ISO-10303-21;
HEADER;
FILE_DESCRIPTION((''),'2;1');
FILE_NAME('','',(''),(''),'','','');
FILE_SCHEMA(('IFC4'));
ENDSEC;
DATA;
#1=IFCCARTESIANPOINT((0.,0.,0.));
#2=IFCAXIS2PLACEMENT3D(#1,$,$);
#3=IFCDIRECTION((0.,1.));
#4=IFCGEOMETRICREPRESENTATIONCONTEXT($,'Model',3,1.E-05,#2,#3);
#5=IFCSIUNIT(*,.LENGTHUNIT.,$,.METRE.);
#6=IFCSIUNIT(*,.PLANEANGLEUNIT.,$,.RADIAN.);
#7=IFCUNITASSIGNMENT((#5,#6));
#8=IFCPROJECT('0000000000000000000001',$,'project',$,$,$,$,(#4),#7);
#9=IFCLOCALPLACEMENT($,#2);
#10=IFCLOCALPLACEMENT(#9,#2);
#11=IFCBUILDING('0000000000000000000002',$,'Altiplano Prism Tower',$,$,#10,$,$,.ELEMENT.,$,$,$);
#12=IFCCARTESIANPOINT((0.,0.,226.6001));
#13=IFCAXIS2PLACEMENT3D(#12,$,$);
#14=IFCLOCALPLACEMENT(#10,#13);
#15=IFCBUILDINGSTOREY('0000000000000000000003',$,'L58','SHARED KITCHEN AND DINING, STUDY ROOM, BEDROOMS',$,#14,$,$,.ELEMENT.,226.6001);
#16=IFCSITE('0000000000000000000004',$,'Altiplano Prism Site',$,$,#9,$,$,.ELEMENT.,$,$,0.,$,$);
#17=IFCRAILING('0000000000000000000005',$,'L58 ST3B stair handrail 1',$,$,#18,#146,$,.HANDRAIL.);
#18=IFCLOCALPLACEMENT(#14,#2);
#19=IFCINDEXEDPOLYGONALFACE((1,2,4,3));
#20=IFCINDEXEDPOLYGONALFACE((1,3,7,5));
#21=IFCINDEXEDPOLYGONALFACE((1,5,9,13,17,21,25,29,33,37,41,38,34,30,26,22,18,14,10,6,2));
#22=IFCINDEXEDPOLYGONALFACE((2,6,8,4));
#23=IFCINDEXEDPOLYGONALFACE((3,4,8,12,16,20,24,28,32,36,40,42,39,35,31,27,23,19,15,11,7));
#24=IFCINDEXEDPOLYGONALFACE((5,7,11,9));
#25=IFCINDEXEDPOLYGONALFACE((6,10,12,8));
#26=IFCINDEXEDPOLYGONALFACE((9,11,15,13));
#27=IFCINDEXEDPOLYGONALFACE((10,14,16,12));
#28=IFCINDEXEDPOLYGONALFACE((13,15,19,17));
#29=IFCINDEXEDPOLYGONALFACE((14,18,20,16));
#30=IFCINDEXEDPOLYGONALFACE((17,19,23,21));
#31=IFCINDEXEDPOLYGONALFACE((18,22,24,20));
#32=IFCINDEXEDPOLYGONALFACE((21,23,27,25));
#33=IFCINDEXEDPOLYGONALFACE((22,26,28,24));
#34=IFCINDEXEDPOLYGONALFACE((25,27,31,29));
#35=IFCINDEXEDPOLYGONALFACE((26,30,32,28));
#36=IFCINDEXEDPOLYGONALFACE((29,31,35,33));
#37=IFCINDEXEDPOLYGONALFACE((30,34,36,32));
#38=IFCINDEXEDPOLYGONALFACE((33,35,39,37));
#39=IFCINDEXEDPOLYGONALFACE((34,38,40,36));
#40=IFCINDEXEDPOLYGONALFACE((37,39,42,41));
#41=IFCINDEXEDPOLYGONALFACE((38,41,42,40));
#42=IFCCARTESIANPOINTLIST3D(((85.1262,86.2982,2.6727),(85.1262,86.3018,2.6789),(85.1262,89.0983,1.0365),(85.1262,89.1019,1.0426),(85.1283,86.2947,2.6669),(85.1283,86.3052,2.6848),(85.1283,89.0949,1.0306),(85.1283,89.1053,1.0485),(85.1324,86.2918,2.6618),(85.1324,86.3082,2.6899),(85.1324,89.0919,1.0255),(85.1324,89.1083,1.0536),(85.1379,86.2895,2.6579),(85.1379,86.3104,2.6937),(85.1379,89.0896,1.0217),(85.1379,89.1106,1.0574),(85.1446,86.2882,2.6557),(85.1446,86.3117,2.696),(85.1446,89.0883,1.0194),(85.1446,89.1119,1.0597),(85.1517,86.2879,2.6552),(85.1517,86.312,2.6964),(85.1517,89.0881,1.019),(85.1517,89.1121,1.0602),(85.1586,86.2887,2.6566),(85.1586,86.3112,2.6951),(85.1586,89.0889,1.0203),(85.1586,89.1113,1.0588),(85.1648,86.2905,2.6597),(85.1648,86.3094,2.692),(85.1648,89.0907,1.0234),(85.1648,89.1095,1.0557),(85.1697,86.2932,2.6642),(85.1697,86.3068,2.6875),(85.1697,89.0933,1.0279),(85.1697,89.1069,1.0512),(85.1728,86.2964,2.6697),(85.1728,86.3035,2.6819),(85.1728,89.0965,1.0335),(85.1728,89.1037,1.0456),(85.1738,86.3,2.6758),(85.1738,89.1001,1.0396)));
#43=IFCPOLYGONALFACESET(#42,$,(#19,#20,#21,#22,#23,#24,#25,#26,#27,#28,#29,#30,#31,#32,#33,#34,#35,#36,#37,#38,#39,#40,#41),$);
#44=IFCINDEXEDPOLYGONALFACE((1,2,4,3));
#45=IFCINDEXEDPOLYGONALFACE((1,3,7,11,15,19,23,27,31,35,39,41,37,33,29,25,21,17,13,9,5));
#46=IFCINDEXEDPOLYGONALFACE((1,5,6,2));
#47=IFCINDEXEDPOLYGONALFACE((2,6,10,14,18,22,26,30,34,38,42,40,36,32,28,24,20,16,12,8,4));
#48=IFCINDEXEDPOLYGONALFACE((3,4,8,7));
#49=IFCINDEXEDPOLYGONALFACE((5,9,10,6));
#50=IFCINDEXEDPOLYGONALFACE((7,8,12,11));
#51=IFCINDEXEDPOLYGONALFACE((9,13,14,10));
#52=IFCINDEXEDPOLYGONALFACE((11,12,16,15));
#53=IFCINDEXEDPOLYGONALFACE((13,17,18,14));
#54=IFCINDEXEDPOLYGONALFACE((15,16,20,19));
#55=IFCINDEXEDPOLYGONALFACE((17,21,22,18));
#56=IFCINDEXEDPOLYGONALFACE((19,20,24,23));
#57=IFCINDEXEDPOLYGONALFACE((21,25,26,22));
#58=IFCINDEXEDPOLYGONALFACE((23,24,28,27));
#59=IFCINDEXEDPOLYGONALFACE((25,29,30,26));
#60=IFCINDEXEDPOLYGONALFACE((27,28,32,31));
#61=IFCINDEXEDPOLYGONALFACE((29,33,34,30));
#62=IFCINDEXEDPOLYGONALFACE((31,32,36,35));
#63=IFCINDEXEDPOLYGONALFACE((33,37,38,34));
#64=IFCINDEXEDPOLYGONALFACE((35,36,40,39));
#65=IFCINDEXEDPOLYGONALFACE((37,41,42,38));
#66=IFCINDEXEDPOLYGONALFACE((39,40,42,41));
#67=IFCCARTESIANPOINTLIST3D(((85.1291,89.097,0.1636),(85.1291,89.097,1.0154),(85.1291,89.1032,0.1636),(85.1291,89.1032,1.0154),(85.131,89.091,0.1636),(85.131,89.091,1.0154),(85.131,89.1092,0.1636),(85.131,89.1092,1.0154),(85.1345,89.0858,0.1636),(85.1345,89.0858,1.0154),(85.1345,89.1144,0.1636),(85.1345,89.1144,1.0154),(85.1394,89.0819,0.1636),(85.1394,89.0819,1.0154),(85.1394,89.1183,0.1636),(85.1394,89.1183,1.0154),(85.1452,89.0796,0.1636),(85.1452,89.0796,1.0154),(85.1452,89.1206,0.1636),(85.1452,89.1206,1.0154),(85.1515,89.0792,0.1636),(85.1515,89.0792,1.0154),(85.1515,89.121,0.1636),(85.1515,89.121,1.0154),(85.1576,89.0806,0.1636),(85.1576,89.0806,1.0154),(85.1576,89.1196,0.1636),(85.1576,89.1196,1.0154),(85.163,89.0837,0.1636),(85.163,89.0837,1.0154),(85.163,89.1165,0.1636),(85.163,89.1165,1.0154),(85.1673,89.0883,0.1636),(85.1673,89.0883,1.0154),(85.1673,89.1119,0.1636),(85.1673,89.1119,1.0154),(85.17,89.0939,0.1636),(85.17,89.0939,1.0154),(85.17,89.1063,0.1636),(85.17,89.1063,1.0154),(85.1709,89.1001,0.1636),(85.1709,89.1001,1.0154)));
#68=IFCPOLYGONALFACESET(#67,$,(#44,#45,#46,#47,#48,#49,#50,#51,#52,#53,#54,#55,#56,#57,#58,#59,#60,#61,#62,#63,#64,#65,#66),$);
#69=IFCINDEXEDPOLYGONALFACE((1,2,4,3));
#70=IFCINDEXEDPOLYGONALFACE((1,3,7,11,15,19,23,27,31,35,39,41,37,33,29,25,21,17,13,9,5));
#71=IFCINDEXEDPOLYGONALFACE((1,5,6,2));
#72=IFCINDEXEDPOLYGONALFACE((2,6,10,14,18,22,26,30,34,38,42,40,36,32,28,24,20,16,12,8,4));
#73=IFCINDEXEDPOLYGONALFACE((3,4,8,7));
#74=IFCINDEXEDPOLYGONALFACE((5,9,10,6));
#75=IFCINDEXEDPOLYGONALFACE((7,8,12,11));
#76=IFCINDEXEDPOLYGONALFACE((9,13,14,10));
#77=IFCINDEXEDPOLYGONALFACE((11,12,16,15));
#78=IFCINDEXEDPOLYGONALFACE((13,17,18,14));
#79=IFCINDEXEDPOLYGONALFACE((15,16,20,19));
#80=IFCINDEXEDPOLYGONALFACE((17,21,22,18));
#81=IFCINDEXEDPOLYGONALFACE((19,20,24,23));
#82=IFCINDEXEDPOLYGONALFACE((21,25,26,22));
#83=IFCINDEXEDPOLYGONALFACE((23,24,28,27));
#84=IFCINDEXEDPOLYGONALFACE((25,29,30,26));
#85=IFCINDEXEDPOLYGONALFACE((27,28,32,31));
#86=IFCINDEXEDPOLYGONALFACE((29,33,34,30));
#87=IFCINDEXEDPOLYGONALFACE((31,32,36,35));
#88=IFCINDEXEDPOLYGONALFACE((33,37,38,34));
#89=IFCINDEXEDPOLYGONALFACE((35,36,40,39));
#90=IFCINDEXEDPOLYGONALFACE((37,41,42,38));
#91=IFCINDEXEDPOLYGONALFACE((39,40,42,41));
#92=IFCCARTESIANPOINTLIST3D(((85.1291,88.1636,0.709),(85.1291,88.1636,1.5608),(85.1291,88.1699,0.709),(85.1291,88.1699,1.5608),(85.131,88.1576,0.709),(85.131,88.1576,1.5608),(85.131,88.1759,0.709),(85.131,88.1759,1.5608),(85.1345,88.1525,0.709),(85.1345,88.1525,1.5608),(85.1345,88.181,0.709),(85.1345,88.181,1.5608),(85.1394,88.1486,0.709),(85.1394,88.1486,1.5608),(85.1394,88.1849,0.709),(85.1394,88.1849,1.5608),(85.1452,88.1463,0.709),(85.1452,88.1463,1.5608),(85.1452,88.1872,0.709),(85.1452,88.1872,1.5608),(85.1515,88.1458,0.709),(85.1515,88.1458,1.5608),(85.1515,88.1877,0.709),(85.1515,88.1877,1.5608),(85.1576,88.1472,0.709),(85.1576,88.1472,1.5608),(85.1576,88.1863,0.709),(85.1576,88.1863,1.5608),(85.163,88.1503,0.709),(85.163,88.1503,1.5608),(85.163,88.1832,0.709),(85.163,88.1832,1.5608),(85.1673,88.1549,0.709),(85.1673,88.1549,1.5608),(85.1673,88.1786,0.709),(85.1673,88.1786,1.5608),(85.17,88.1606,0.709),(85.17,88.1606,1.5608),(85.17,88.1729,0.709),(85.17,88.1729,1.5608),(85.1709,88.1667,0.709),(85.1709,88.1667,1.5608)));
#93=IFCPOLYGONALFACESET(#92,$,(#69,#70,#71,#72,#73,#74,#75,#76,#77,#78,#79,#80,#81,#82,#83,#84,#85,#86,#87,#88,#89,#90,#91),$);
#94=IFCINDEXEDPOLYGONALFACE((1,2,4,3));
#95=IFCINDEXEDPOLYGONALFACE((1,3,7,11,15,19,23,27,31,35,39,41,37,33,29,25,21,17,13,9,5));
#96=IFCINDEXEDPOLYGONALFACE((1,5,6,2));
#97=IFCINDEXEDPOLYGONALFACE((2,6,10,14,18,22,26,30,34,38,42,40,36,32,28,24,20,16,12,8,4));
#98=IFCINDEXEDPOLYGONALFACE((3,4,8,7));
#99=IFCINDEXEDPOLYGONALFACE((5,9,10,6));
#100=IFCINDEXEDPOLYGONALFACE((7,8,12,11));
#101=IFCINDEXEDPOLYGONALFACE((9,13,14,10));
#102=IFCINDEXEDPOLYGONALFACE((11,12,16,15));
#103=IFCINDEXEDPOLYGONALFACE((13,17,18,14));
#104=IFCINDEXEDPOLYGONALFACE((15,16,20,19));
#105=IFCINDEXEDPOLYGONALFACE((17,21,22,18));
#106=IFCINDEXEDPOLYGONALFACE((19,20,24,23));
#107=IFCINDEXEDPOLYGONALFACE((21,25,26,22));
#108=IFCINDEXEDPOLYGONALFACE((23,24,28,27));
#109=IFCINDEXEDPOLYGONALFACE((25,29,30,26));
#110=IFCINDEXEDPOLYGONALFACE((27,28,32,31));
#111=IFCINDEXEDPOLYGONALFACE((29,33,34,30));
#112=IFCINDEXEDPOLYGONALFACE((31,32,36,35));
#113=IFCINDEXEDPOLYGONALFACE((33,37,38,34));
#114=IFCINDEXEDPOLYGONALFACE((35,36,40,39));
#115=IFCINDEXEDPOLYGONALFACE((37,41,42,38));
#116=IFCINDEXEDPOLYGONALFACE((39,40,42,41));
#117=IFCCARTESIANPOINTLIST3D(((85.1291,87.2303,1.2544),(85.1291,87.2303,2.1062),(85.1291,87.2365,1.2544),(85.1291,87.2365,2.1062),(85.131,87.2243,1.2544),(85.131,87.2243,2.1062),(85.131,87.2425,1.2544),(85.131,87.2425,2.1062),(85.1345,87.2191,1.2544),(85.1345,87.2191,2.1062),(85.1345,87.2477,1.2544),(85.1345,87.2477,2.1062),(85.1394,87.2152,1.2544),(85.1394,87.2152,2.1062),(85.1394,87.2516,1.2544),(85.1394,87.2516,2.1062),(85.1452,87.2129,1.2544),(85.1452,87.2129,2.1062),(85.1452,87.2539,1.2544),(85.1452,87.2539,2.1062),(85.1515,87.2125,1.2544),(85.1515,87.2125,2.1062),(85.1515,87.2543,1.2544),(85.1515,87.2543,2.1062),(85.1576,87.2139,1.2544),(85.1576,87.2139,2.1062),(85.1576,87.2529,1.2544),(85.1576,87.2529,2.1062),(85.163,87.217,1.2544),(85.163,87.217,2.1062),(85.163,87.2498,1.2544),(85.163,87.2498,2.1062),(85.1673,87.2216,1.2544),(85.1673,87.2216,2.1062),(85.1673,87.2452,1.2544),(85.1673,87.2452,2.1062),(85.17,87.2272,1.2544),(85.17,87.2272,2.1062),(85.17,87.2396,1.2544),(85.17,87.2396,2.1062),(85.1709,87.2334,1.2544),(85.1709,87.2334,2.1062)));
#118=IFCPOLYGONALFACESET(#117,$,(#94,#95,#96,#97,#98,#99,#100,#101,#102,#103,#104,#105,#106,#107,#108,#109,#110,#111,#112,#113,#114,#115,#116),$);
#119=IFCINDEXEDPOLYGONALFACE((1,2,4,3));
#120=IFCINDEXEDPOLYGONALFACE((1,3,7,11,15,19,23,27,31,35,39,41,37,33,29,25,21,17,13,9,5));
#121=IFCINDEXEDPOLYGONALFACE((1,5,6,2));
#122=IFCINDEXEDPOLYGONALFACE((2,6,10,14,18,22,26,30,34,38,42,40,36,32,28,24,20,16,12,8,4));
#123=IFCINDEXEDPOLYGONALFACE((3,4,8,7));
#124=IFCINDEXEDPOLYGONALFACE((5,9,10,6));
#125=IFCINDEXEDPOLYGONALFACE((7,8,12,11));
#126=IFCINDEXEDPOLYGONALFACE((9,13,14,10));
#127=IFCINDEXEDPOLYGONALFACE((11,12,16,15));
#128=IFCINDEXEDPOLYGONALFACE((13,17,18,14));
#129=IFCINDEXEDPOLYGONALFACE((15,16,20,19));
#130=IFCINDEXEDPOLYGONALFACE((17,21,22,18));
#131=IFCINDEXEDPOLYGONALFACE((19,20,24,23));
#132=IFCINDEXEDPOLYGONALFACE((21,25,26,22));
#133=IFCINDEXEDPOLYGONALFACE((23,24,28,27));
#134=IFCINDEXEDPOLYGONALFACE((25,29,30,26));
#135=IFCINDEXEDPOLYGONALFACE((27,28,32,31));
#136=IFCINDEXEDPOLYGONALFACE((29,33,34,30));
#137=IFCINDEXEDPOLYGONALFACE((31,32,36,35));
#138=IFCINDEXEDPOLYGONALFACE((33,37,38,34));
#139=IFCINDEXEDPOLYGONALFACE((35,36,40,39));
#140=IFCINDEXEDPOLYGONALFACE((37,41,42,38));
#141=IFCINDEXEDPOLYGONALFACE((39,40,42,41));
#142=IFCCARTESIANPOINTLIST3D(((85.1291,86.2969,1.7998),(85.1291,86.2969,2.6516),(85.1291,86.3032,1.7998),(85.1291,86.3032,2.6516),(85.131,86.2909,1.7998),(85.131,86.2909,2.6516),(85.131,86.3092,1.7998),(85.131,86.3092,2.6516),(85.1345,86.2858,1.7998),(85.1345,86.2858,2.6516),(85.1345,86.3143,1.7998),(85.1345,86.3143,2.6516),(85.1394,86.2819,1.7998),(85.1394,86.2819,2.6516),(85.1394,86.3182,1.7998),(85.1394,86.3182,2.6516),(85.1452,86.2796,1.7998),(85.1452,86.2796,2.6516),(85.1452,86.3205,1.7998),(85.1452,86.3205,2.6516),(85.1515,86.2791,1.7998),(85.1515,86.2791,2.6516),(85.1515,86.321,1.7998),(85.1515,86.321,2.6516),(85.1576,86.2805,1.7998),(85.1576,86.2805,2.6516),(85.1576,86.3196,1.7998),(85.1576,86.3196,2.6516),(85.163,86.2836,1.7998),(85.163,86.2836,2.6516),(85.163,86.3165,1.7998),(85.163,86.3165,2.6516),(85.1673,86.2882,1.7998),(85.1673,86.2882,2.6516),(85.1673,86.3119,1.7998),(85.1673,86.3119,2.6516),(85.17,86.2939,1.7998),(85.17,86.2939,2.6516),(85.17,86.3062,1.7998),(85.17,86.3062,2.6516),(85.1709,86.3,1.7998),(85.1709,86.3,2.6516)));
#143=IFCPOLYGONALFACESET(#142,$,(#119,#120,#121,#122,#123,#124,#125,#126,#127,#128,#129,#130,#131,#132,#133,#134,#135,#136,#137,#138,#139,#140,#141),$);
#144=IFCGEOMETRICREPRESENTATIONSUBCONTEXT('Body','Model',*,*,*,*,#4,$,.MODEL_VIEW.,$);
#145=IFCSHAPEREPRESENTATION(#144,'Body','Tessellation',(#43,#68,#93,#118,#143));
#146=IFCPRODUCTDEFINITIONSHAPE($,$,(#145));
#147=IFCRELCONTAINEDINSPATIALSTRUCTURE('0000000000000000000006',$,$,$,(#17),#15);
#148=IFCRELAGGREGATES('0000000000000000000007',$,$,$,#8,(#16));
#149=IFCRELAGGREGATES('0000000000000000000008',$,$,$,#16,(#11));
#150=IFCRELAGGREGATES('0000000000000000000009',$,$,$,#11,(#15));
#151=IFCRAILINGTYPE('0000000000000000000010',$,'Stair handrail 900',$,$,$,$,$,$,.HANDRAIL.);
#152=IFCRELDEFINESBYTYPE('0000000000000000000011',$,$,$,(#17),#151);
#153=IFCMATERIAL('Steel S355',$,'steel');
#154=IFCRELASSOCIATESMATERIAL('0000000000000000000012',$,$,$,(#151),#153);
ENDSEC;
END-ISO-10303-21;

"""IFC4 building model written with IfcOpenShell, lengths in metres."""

from ifc_helpers import new_model, si_unit, direction, frame, origin, origin_2d, place, context, subcontext, project, spatial, circle, extrude, material, type_object, element, save


model = new_model("IFC4")

# Units and contexts
model_context = context("Model", 3, precision=1e-05, world=origin(), true_north=direction((0.0, 1.0)))
body_context = subcontext(model_context, "Body", "Model", "MODEL_VIEW")
ifc_project = project(units=[si_unit("LENGTHUNIT", "METRE"), si_unit("PLANEANGLEUNIT", "RADIAN")], contexts=[model_context])

# Site, building, storey
site_placement = place(None, origin())
site = spatial("IfcSite", under=ifc_project, at=site_placement, Name="Altiplano Prism Site", CompositionType="ELEMENT", RefElevation=0.0)
building_placement = place(site_placement, origin())
building = spatial("IfcBuilding", under=site, at=building_placement, Name="Altiplano Prism Tower", CompositionType="ELEMENT")
storey_placement = place(building_placement, frame((0.0, 0.0, 226.6001)))
storey = spatial("IfcBuildingStorey", under=building, at=storey_placement, Name="L58", Description="SHARED KITCHEN AND DINING, STUDY ROOM, BEDROOMS", CompositionType="ELEMENT", Elevation=226.6001)

# Railing
ifc_material_1 = material(Name="Steel S355", Category="steel")
railing_type = type_object("IfcRailingType", Name="Stair handrail 900", PredefinedType="HANDRAIL", material=ifc_material_1)
railing_1_placement = place(storey_placement, frame((85.1499, 89.1001, 0.1636)))
element("IfcRailing", 1, at=railing_1_placement, inside=storey, type_object=railing_type, Name="L58 ST3B stair handrail 1", PredefinedType="HANDRAIL", context=body_context, shape_type="SweptSolid", body=[
    extrude(circle(Radius=0.0239, at=origin_2d()), frame((0.0, 0.0, 0.876), z_axis=(0.0, -0.863394, 0.504531), x_axis=(1.0, 0.0, 0.0)), (0.0, 0.0, 1.0), 3.2432),
    extrude(circle(Radius=0.021, at=origin_2d()), origin(), (0.0, 0.0, 1.0), 0.8518),
    extrude(circle(Radius=0.021, at=origin_2d()), frame((0.0, -0.9333, 0.5454)), (0.0, 0.0, 1.0), 0.8518),
    extrude(circle(Radius=0.021, at=origin_2d()), frame((0.0, -1.8667, 1.0908)), (0.0, 0.0, 1.0), 0.8518),
    extrude(circle(Radius=0.021, at=origin_2d()), frame((0.0, -2.8, 1.6362)), (0.0, 0.0, 1.0), 0.8518),
])

save(model, "model.ifc")
